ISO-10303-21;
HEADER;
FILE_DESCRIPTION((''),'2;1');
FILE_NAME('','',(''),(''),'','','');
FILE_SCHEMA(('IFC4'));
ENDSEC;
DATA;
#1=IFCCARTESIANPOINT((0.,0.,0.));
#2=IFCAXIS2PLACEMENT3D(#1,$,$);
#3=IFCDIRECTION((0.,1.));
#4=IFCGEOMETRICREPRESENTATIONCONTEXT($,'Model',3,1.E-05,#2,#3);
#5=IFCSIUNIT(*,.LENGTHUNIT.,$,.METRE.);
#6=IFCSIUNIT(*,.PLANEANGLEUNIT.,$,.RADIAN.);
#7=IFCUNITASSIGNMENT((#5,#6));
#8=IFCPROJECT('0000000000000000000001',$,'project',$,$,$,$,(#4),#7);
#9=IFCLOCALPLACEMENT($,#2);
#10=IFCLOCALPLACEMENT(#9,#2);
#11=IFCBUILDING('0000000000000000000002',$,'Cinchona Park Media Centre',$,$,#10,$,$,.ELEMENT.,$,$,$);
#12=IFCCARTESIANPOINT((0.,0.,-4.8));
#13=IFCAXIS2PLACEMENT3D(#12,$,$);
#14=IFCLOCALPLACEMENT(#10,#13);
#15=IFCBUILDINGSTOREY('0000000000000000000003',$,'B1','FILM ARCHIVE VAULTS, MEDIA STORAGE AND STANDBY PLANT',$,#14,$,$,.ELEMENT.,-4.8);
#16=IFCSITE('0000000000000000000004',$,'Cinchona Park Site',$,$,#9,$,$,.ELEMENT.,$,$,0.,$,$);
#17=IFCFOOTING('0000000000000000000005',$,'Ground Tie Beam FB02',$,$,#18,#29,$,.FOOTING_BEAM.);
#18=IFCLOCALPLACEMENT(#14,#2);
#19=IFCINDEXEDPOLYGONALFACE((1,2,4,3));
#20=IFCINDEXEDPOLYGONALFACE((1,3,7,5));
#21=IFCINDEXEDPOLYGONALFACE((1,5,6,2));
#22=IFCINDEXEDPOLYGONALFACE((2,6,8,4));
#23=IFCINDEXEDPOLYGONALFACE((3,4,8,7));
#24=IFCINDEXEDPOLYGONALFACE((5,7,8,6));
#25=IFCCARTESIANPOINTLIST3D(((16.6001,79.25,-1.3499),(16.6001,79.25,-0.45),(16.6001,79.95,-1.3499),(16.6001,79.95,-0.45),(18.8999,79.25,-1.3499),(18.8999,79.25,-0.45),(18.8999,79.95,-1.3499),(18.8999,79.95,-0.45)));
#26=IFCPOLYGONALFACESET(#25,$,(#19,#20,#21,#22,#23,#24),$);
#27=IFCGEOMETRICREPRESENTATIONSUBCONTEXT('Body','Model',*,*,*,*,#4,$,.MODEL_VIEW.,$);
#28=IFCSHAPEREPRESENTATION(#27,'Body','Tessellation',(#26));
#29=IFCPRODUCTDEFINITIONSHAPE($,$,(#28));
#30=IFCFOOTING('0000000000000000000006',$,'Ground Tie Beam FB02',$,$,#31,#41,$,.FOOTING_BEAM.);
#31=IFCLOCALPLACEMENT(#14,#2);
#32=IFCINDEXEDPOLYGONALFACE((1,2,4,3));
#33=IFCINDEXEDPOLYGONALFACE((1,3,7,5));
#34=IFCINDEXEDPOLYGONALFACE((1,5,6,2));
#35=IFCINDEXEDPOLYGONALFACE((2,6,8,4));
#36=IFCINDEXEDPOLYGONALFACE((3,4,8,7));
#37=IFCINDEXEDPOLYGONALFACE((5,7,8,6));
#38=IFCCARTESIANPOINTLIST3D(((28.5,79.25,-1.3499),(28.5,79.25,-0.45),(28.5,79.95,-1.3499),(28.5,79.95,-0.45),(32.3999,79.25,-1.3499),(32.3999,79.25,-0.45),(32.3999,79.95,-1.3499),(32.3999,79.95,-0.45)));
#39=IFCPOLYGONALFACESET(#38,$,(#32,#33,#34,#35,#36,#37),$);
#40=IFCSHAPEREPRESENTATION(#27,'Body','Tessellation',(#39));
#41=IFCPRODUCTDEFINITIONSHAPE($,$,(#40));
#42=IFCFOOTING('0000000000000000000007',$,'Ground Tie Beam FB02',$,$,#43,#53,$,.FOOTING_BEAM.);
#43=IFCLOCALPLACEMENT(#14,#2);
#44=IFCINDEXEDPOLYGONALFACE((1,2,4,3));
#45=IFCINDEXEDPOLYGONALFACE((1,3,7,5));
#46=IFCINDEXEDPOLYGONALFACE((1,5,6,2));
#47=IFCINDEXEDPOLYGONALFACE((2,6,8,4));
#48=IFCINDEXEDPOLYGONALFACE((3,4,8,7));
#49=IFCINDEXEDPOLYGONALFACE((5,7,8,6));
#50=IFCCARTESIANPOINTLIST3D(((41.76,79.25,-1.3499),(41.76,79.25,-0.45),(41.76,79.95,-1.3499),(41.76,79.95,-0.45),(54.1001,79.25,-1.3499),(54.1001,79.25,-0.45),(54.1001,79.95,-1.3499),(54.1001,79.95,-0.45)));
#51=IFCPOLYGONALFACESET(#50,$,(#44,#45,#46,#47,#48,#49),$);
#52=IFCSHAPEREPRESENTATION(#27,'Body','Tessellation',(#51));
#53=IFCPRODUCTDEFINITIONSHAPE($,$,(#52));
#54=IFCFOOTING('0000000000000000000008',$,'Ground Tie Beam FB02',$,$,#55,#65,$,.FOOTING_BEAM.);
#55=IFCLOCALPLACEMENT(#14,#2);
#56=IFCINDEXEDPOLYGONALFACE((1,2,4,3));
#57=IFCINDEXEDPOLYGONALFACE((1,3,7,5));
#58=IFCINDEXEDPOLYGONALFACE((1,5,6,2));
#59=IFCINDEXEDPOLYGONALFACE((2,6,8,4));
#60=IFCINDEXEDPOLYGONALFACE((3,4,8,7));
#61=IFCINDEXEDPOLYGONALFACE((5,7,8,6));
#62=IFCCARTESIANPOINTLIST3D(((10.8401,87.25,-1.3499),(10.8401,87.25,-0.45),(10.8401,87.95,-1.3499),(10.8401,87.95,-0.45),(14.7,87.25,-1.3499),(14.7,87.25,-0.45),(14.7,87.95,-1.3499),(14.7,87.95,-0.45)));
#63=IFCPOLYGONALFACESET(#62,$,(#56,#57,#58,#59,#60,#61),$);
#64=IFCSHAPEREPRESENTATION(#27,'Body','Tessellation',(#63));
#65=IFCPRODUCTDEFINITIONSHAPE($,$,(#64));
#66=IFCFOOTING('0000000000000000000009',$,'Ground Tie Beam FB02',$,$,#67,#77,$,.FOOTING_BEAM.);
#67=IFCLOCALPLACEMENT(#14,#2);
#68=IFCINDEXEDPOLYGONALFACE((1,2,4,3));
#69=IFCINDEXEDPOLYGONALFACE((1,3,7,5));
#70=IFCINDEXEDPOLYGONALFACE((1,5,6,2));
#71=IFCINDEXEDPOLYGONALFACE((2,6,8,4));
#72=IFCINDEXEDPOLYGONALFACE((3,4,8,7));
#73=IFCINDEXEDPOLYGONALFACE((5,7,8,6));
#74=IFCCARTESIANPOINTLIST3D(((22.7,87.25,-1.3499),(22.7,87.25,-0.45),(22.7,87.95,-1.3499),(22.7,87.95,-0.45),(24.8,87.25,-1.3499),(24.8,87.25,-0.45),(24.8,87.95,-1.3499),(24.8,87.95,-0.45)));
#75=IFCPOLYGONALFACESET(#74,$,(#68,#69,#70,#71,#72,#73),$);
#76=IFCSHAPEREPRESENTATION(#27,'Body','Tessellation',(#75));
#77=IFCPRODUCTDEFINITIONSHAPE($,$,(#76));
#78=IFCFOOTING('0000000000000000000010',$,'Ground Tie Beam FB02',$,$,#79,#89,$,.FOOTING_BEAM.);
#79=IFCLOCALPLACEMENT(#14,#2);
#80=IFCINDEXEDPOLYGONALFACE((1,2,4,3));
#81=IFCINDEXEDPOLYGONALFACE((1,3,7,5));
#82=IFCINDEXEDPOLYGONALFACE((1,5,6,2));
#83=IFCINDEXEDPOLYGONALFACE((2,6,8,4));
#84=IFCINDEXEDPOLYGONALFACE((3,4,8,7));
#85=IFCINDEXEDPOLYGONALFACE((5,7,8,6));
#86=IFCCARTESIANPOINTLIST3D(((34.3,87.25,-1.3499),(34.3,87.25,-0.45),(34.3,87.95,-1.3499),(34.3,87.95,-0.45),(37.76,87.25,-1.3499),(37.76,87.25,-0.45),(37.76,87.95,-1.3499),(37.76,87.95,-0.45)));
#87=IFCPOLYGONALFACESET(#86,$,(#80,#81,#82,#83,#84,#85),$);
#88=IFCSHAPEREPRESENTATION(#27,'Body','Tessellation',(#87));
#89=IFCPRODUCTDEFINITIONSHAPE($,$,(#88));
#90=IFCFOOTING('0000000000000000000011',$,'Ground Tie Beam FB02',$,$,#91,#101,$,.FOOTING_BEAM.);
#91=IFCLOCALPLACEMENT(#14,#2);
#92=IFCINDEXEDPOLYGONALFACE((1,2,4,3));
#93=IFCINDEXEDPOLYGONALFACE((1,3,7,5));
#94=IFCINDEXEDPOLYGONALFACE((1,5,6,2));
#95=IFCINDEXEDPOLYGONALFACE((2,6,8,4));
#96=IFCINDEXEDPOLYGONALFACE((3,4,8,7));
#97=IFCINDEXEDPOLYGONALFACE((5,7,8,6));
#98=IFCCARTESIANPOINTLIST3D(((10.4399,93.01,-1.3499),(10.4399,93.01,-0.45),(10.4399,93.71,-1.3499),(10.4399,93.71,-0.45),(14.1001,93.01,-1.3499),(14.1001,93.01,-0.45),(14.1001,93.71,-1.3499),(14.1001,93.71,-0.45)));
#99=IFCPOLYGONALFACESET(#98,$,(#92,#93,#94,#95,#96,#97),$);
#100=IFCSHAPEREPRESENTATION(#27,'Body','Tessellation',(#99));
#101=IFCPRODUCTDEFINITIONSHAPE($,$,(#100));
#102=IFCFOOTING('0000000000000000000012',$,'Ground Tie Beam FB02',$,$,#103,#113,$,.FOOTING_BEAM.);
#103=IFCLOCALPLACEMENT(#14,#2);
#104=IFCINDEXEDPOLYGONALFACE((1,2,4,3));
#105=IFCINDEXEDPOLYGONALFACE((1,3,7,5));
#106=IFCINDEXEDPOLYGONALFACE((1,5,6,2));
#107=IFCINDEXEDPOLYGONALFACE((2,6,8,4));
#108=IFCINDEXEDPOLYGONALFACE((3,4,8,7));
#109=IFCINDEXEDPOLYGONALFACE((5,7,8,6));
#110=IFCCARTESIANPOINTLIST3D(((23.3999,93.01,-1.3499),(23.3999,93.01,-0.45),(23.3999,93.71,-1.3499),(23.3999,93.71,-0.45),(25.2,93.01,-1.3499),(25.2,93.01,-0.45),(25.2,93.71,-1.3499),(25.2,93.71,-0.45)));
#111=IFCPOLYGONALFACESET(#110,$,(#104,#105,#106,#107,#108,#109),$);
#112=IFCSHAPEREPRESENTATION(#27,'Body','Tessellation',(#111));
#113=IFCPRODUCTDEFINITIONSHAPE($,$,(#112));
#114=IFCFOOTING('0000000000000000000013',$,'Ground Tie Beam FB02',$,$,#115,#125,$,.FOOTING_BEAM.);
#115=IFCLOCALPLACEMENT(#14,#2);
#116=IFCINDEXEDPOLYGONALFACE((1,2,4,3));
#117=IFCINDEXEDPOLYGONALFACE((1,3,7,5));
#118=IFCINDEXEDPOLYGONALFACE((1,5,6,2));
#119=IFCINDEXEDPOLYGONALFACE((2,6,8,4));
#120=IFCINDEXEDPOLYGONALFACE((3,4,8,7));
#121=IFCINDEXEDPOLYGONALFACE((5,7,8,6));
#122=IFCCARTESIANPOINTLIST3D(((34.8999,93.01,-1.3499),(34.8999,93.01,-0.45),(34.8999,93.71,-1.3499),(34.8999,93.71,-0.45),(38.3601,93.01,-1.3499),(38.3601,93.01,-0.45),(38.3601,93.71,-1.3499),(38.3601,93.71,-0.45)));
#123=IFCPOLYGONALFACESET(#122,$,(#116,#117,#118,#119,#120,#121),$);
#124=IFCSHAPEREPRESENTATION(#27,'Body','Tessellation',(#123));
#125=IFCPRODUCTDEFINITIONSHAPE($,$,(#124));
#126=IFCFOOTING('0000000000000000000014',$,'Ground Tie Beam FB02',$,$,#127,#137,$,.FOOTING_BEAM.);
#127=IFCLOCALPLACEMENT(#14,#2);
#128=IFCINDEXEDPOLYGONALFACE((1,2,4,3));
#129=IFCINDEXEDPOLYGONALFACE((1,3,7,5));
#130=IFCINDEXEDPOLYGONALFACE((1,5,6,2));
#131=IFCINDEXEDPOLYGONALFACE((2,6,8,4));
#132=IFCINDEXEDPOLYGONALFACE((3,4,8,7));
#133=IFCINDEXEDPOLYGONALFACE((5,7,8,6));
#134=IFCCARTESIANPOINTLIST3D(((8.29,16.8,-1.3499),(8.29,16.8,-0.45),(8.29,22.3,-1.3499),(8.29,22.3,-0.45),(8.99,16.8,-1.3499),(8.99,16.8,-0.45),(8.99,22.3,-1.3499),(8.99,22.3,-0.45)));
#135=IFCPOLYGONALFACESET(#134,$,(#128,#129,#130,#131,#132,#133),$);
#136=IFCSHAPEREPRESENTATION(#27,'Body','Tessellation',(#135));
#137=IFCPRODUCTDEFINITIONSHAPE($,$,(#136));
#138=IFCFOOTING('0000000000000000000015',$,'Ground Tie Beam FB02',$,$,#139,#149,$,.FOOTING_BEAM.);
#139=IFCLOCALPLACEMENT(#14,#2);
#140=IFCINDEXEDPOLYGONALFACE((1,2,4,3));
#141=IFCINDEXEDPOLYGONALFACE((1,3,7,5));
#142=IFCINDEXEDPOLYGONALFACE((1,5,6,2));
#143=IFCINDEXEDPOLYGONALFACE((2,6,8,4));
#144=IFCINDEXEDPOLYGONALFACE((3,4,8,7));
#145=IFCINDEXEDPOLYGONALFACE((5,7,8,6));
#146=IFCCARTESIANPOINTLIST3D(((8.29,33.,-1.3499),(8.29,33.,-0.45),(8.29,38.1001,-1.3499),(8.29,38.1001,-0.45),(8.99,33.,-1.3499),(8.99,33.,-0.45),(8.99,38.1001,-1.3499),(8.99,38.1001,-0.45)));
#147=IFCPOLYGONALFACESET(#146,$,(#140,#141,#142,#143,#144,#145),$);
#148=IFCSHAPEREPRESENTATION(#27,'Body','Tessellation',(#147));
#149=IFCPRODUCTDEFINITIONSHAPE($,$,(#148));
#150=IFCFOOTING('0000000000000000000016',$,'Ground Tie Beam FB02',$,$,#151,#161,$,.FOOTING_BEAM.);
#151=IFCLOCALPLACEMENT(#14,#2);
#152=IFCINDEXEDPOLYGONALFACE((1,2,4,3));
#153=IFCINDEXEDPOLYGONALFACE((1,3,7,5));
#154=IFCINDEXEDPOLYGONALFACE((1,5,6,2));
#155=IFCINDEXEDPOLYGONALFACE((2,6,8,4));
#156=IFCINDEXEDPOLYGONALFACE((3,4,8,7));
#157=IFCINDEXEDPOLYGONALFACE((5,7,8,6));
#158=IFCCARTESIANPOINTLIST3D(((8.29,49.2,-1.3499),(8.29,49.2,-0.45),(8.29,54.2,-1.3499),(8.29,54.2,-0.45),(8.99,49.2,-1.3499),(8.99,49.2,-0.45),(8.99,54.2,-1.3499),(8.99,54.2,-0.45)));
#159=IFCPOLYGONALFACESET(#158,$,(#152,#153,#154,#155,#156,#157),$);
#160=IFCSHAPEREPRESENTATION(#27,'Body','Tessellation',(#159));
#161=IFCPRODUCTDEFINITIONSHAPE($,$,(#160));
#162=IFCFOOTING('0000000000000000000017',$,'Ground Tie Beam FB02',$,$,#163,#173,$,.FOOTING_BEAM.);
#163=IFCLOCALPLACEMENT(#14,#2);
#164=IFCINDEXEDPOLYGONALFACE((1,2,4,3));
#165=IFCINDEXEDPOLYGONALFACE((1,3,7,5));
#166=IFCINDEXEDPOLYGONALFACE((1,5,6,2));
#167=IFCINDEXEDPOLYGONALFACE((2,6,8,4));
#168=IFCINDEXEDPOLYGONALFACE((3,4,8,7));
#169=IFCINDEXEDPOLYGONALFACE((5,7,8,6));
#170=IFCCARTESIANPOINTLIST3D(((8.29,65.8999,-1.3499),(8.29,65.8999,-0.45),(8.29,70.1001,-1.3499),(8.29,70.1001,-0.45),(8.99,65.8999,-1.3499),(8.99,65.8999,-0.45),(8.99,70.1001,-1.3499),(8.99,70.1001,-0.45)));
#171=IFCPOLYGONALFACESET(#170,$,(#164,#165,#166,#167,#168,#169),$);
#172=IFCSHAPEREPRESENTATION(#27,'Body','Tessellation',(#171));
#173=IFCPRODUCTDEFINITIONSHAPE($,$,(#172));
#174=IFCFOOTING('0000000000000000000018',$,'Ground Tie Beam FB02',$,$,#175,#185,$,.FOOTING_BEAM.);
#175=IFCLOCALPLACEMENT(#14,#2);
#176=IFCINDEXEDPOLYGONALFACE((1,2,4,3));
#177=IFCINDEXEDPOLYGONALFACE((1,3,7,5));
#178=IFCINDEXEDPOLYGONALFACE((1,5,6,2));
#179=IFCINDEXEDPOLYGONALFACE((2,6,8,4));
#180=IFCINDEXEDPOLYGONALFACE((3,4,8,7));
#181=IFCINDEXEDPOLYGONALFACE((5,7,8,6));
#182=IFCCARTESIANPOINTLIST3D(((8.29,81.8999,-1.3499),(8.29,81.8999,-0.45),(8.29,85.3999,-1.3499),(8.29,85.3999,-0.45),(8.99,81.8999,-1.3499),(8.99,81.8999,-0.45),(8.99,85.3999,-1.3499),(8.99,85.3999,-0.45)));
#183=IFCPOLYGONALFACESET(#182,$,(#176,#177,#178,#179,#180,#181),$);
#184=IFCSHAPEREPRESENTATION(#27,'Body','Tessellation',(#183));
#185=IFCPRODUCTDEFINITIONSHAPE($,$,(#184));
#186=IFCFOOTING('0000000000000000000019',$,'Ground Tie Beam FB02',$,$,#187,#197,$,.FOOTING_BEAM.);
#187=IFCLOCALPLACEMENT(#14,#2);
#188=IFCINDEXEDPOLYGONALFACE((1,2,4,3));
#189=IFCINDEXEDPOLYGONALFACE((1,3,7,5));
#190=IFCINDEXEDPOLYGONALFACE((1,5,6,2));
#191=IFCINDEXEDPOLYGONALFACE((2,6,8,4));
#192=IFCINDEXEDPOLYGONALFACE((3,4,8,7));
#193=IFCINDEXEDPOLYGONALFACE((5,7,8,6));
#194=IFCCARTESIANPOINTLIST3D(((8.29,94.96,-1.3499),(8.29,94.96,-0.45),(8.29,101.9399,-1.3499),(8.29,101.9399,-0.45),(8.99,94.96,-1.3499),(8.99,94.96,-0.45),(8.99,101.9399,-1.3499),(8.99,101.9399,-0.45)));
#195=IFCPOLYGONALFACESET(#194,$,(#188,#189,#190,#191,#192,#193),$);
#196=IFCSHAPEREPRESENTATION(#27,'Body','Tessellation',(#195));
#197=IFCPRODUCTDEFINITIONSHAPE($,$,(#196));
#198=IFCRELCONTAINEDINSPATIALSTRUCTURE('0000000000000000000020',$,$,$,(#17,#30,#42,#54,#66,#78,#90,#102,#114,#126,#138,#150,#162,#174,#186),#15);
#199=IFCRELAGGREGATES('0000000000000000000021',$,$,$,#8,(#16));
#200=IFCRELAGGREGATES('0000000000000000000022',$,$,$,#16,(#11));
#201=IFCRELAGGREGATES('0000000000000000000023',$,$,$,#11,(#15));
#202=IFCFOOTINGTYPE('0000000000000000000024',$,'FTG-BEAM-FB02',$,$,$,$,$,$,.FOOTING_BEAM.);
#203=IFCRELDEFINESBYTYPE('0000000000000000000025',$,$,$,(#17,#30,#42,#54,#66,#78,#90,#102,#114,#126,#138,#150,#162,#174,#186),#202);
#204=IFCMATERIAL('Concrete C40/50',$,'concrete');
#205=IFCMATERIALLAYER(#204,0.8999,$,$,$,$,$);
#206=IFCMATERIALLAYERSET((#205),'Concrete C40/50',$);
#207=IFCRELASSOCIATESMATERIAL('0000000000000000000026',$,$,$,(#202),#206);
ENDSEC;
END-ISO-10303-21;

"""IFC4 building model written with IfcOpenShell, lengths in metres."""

from ifc_helpers import new_model, si_unit, direction, frame, origin, place, context, subcontext, project, spatial, polyline, outline, extrude, material, layer, layer_set, type_object, element, save


model = new_model("IFC4")

# Units and contexts
model_context = context("Model", 3, precision=1e-05, world=origin(), true_north=direction((0.0, 1.0)))
body_context = subcontext(model_context, "Body", "Model", "MODEL_VIEW")
ifc_project = project(units=[si_unit("LENGTHUNIT", "METRE"), si_unit("PLANEANGLEUNIT", "RADIAN")], contexts=[model_context])

# Site, building, storey
site_placement = place(None, origin())
site = spatial("IfcSite", under=ifc_project, at=site_placement, Name="Cinchona Park Site", CompositionType="ELEMENT", RefElevation=0.0)
building_placement = place(site_placement, origin())
building = spatial("IfcBuilding", under=site, at=building_placement, Name="Cinchona Park Media Centre", CompositionType="ELEMENT")
storey_placement = place(building_placement, frame((0.0, 0.0, -4.8)))
storey = spatial("IfcBuildingStorey", under=building, at=storey_placement, Name="B1", Description="FILM ARCHIVE VAULTS, MEDIA STORAGE AND STANDBY PLANT", CompositionType="ELEMENT", Elevation=-4.8)

# Footings
ifc_material = material(Name="Concrete C40/50", Category="concrete")
ifc_layer = layer(ifc_material, 0.8999)
ifc_layer_set = layer_set([ifc_layer], Name="Concrete C40/50")
footing_type = type_object("IfcFootingType", Name="FTG-BEAM-FB02", PredefinedType="FOOTING_BEAM", material=ifc_layer_set)
footing_1_placement = place(storey_placement, frame((0.0, 0.0, -1.3499)))
element("IfcFooting", 1, at=footing_1_placement, inside=storey, type_object=footing_type, Name="Ground Tie Beam FB02", PredefinedType="FOOTING_BEAM", context=body_context, shape_type="SweptSolid", body=[
    extrude(outline(polyline([(16.6001, 79.25), (18.8999, 79.25), (18.8999, 79.95), (16.6001, 79.95), (16.6001, 79.25)])), origin(), (0.0, 0.0, 1.0), 0.8999),
])
footing_2_placement = place(storey_placement, frame((0.0, 0.0, -1.3499)))
element("IfcFooting", 2, at=footing_2_placement, inside=storey, type_object=footing_type, Name="Ground Tie Beam FB02", PredefinedType="FOOTING_BEAM", context=body_context, shape_type="SweptSolid", body=[
    extrude(outline(polyline([(28.5, 79.25), (32.3999, 79.25), (32.3999, 79.95), (28.5, 79.95), (28.5, 79.25)])), origin(), (0.0, 0.0, 1.0), 0.8999),
])
footing_3_placement = place(storey_placement, frame((0.0, 0.0, -1.3499)))
element("IfcFooting", 3, at=footing_3_placement, inside=storey, type_object=footing_type, Name="Ground Tie Beam FB02", PredefinedType="FOOTING_BEAM", context=body_context, shape_type="SweptSolid", body=[
    extrude(outline(polyline([(41.76, 79.25), (54.1001, 79.25), (54.1001, 79.95), (41.76, 79.95), (41.76, 79.25)])), origin(), (0.0, 0.0, 1.0), 0.8999),
])
footing_4_placement = place(storey_placement, frame((0.0, 0.0, -1.3499)))
element("IfcFooting", 4, at=footing_4_placement, inside=storey, type_object=footing_type, Name="Ground Tie Beam FB02", PredefinedType="FOOTING_BEAM", context=body_context, shape_type="SweptSolid", body=[
    extrude(outline(polyline([(10.8401, 87.25), (14.7, 87.25), (14.7, 87.95), (10.8401, 87.95), (10.8401, 87.25)])), origin(), (0.0, 0.0, 1.0), 0.8999),
])
footing_5_placement = place(storey_placement, frame((0.0, 0.0, -1.3499)))
element("IfcFooting", 5, at=footing_5_placement, inside=storey, type_object=footing_type, Name="Ground Tie Beam FB02", PredefinedType="FOOTING_BEAM", context=body_context, shape_type="SweptSolid", body=[
    extrude(outline(polyline([(22.7, 87.25), (24.8, 87.25), (24.8, 87.95), (22.7, 87.95), (22.7, 87.25)])), origin(), (0.0, 0.0, 1.0), 0.8999),
])
footing_6_placement = place(storey_placement, frame((0.0, 0.0, -1.3499)))
element("IfcFooting", 6, at=footing_6_placement, inside=storey, type_object=footing_type, Name="Ground Tie Beam FB02", PredefinedType="FOOTING_BEAM", context=body_context, shape_type="SweptSolid", body=[
    extrude(outline(polyline([(34.3, 87.25), (37.76, 87.25), (37.76, 87.95), (34.3, 87.95), (34.3, 87.25)])), origin(), (0.0, 0.0, 1.0), 0.8999),
])
footing_7_placement = place(storey_placement, frame((0.0, 0.0, -1.3499)))
element("IfcFooting", 7, at=footing_7_placement, inside=storey, type_object=footing_type, Name="Ground Tie Beam FB02", PredefinedType="FOOTING_BEAM", context=body_context, shape_type="SweptSolid", body=[
    extrude(outline(polyline([(10.4399, 93.01), (14.1001, 93.01), (14.1001, 93.71), (10.4399, 93.71), (10.4399, 93.01)])), origin(), (0.0, 0.0, 1.0), 0.8999),
])
footing_8_placement = place(storey_placement, frame((0.0, 0.0, -1.3499)))
element("IfcFooting", 8, at=footing_8_placement, inside=storey, type_object=footing_type, Name="Ground Tie Beam FB02", PredefinedType="FOOTING_BEAM", context=body_context, shape_type="SweptSolid", body=[
    extrude(outline(polyline([(23.3999, 93.01), (25.2, 93.01), (25.2, 93.71), (23.3999, 93.71), (23.3999, 93.01)])), origin(), (0.0, 0.0, 1.0), 0.8999),
])
footing_9_placement = place(storey_placement, frame((0.0, 0.0, -1.3499)))
element("IfcFooting", 9, at=footing_9_placement, inside=storey, type_object=footing_type, Name="Ground Tie Beam FB02", PredefinedType="FOOTING_BEAM", context=body_context, shape_type="SweptSolid", body=[
    extrude(outline(polyline([(34.8999, 93.01), (38.3601, 93.01), (38.3601, 93.71), (34.8999, 93.71), (34.8999, 93.01)])), origin(), (0.0, 0.0, 1.0), 0.8999),
])
footing_10_placement = place(storey_placement, frame((0.0, 0.0, -1.3499)))
element("IfcFooting", 10, at=footing_10_placement, inside=storey, type_object=footing_type, Name="Ground Tie Beam FB02", PredefinedType="FOOTING_BEAM", context=body_context, shape_type="SweptSolid", body=[
    extrude(outline(polyline([(8.29, 16.8), (8.99, 16.8), (8.99, 22.3), (8.29, 22.3), (8.29, 16.8)])), origin(), (0.0, 0.0, 1.0), 0.8999),
])
footing_11_placement = place(storey_placement, frame((0.0, 0.0, -1.3499)))
element("IfcFooting", 11, at=footing_11_placement, inside=storey, type_object=footing_type, Name="Ground Tie Beam FB02", PredefinedType="FOOTING_BEAM", context=body_context, shape_type="SweptSolid", body=[
    extrude(outline(polyline([(8.29, 33.0), (8.99, 33.0), (8.99, 38.1001), (8.29, 38.1001), (8.29, 33.0)])), origin(), (0.0, 0.0, 1.0), 0.8999),
])
footing_12_placement = place(storey_placement, frame((0.0, 0.0, -1.3499)))
element("IfcFooting", 12, at=footing_12_placement, inside=storey, type_object=footing_type, Name="Ground Tie Beam FB02", PredefinedType="FOOTING_BEAM", context=body_context, shape_type="SweptSolid", body=[
    extrude(outline(polyline([(8.29, 49.2), (8.99, 49.2), (8.99, 54.2), (8.29, 54.2), (8.29, 49.2)])), origin(), (0.0, 0.0, 1.0), 0.8999),
])
footing_13_placement = place(storey_placement, frame((0.0, 0.0, -1.3499)))
element("IfcFooting", 13, at=footing_13_placement, inside=storey, type_object=footing_type, Name="Ground Tie Beam FB02", PredefinedType="FOOTING_BEAM", context=body_context, shape_type="SweptSolid", body=[
    extrude(outline(polyline([(8.29, 65.8999), (8.99, 65.8999), (8.99, 70.1001), (8.29, 70.1001), (8.29, 65.8999)])), origin(), (0.0, 0.0, 1.0), 0.8999),
])
footing_14_placement = place(storey_placement, frame((0.0, 0.0, -1.3499)))
element("IfcFooting", 14, at=footing_14_placement, inside=storey, type_object=footing_type, Name="Ground Tie Beam FB02", PredefinedType="FOOTING_BEAM", context=body_context, shape_type="SweptSolid", body=[
    extrude(outline(polyline([(8.29, 81.8999), (8.99, 81.8999), (8.99, 85.3999), (8.29, 85.3999), (8.29, 81.8999)])), origin(), (0.0, 0.0, 1.0), 0.8999),
])
footing_15_placement = place(storey_placement, frame((0.0, 0.0, -1.3499)))
element("IfcFooting", 15, at=footing_15_placement, inside=storey, type_object=footing_type, Name="Ground Tie Beam FB02", PredefinedType="FOOTING_BEAM", context=body_context, shape_type="SweptSolid", body=[
    extrude(outline(polyline([(8.29, 94.96), (8.99, 94.96), (8.99, 101.9399), (8.29, 101.9399), (8.29, 94.96)])), origin(), (0.0, 0.0, 1.0), 0.8999),
])

save(model, "model.ifc")
